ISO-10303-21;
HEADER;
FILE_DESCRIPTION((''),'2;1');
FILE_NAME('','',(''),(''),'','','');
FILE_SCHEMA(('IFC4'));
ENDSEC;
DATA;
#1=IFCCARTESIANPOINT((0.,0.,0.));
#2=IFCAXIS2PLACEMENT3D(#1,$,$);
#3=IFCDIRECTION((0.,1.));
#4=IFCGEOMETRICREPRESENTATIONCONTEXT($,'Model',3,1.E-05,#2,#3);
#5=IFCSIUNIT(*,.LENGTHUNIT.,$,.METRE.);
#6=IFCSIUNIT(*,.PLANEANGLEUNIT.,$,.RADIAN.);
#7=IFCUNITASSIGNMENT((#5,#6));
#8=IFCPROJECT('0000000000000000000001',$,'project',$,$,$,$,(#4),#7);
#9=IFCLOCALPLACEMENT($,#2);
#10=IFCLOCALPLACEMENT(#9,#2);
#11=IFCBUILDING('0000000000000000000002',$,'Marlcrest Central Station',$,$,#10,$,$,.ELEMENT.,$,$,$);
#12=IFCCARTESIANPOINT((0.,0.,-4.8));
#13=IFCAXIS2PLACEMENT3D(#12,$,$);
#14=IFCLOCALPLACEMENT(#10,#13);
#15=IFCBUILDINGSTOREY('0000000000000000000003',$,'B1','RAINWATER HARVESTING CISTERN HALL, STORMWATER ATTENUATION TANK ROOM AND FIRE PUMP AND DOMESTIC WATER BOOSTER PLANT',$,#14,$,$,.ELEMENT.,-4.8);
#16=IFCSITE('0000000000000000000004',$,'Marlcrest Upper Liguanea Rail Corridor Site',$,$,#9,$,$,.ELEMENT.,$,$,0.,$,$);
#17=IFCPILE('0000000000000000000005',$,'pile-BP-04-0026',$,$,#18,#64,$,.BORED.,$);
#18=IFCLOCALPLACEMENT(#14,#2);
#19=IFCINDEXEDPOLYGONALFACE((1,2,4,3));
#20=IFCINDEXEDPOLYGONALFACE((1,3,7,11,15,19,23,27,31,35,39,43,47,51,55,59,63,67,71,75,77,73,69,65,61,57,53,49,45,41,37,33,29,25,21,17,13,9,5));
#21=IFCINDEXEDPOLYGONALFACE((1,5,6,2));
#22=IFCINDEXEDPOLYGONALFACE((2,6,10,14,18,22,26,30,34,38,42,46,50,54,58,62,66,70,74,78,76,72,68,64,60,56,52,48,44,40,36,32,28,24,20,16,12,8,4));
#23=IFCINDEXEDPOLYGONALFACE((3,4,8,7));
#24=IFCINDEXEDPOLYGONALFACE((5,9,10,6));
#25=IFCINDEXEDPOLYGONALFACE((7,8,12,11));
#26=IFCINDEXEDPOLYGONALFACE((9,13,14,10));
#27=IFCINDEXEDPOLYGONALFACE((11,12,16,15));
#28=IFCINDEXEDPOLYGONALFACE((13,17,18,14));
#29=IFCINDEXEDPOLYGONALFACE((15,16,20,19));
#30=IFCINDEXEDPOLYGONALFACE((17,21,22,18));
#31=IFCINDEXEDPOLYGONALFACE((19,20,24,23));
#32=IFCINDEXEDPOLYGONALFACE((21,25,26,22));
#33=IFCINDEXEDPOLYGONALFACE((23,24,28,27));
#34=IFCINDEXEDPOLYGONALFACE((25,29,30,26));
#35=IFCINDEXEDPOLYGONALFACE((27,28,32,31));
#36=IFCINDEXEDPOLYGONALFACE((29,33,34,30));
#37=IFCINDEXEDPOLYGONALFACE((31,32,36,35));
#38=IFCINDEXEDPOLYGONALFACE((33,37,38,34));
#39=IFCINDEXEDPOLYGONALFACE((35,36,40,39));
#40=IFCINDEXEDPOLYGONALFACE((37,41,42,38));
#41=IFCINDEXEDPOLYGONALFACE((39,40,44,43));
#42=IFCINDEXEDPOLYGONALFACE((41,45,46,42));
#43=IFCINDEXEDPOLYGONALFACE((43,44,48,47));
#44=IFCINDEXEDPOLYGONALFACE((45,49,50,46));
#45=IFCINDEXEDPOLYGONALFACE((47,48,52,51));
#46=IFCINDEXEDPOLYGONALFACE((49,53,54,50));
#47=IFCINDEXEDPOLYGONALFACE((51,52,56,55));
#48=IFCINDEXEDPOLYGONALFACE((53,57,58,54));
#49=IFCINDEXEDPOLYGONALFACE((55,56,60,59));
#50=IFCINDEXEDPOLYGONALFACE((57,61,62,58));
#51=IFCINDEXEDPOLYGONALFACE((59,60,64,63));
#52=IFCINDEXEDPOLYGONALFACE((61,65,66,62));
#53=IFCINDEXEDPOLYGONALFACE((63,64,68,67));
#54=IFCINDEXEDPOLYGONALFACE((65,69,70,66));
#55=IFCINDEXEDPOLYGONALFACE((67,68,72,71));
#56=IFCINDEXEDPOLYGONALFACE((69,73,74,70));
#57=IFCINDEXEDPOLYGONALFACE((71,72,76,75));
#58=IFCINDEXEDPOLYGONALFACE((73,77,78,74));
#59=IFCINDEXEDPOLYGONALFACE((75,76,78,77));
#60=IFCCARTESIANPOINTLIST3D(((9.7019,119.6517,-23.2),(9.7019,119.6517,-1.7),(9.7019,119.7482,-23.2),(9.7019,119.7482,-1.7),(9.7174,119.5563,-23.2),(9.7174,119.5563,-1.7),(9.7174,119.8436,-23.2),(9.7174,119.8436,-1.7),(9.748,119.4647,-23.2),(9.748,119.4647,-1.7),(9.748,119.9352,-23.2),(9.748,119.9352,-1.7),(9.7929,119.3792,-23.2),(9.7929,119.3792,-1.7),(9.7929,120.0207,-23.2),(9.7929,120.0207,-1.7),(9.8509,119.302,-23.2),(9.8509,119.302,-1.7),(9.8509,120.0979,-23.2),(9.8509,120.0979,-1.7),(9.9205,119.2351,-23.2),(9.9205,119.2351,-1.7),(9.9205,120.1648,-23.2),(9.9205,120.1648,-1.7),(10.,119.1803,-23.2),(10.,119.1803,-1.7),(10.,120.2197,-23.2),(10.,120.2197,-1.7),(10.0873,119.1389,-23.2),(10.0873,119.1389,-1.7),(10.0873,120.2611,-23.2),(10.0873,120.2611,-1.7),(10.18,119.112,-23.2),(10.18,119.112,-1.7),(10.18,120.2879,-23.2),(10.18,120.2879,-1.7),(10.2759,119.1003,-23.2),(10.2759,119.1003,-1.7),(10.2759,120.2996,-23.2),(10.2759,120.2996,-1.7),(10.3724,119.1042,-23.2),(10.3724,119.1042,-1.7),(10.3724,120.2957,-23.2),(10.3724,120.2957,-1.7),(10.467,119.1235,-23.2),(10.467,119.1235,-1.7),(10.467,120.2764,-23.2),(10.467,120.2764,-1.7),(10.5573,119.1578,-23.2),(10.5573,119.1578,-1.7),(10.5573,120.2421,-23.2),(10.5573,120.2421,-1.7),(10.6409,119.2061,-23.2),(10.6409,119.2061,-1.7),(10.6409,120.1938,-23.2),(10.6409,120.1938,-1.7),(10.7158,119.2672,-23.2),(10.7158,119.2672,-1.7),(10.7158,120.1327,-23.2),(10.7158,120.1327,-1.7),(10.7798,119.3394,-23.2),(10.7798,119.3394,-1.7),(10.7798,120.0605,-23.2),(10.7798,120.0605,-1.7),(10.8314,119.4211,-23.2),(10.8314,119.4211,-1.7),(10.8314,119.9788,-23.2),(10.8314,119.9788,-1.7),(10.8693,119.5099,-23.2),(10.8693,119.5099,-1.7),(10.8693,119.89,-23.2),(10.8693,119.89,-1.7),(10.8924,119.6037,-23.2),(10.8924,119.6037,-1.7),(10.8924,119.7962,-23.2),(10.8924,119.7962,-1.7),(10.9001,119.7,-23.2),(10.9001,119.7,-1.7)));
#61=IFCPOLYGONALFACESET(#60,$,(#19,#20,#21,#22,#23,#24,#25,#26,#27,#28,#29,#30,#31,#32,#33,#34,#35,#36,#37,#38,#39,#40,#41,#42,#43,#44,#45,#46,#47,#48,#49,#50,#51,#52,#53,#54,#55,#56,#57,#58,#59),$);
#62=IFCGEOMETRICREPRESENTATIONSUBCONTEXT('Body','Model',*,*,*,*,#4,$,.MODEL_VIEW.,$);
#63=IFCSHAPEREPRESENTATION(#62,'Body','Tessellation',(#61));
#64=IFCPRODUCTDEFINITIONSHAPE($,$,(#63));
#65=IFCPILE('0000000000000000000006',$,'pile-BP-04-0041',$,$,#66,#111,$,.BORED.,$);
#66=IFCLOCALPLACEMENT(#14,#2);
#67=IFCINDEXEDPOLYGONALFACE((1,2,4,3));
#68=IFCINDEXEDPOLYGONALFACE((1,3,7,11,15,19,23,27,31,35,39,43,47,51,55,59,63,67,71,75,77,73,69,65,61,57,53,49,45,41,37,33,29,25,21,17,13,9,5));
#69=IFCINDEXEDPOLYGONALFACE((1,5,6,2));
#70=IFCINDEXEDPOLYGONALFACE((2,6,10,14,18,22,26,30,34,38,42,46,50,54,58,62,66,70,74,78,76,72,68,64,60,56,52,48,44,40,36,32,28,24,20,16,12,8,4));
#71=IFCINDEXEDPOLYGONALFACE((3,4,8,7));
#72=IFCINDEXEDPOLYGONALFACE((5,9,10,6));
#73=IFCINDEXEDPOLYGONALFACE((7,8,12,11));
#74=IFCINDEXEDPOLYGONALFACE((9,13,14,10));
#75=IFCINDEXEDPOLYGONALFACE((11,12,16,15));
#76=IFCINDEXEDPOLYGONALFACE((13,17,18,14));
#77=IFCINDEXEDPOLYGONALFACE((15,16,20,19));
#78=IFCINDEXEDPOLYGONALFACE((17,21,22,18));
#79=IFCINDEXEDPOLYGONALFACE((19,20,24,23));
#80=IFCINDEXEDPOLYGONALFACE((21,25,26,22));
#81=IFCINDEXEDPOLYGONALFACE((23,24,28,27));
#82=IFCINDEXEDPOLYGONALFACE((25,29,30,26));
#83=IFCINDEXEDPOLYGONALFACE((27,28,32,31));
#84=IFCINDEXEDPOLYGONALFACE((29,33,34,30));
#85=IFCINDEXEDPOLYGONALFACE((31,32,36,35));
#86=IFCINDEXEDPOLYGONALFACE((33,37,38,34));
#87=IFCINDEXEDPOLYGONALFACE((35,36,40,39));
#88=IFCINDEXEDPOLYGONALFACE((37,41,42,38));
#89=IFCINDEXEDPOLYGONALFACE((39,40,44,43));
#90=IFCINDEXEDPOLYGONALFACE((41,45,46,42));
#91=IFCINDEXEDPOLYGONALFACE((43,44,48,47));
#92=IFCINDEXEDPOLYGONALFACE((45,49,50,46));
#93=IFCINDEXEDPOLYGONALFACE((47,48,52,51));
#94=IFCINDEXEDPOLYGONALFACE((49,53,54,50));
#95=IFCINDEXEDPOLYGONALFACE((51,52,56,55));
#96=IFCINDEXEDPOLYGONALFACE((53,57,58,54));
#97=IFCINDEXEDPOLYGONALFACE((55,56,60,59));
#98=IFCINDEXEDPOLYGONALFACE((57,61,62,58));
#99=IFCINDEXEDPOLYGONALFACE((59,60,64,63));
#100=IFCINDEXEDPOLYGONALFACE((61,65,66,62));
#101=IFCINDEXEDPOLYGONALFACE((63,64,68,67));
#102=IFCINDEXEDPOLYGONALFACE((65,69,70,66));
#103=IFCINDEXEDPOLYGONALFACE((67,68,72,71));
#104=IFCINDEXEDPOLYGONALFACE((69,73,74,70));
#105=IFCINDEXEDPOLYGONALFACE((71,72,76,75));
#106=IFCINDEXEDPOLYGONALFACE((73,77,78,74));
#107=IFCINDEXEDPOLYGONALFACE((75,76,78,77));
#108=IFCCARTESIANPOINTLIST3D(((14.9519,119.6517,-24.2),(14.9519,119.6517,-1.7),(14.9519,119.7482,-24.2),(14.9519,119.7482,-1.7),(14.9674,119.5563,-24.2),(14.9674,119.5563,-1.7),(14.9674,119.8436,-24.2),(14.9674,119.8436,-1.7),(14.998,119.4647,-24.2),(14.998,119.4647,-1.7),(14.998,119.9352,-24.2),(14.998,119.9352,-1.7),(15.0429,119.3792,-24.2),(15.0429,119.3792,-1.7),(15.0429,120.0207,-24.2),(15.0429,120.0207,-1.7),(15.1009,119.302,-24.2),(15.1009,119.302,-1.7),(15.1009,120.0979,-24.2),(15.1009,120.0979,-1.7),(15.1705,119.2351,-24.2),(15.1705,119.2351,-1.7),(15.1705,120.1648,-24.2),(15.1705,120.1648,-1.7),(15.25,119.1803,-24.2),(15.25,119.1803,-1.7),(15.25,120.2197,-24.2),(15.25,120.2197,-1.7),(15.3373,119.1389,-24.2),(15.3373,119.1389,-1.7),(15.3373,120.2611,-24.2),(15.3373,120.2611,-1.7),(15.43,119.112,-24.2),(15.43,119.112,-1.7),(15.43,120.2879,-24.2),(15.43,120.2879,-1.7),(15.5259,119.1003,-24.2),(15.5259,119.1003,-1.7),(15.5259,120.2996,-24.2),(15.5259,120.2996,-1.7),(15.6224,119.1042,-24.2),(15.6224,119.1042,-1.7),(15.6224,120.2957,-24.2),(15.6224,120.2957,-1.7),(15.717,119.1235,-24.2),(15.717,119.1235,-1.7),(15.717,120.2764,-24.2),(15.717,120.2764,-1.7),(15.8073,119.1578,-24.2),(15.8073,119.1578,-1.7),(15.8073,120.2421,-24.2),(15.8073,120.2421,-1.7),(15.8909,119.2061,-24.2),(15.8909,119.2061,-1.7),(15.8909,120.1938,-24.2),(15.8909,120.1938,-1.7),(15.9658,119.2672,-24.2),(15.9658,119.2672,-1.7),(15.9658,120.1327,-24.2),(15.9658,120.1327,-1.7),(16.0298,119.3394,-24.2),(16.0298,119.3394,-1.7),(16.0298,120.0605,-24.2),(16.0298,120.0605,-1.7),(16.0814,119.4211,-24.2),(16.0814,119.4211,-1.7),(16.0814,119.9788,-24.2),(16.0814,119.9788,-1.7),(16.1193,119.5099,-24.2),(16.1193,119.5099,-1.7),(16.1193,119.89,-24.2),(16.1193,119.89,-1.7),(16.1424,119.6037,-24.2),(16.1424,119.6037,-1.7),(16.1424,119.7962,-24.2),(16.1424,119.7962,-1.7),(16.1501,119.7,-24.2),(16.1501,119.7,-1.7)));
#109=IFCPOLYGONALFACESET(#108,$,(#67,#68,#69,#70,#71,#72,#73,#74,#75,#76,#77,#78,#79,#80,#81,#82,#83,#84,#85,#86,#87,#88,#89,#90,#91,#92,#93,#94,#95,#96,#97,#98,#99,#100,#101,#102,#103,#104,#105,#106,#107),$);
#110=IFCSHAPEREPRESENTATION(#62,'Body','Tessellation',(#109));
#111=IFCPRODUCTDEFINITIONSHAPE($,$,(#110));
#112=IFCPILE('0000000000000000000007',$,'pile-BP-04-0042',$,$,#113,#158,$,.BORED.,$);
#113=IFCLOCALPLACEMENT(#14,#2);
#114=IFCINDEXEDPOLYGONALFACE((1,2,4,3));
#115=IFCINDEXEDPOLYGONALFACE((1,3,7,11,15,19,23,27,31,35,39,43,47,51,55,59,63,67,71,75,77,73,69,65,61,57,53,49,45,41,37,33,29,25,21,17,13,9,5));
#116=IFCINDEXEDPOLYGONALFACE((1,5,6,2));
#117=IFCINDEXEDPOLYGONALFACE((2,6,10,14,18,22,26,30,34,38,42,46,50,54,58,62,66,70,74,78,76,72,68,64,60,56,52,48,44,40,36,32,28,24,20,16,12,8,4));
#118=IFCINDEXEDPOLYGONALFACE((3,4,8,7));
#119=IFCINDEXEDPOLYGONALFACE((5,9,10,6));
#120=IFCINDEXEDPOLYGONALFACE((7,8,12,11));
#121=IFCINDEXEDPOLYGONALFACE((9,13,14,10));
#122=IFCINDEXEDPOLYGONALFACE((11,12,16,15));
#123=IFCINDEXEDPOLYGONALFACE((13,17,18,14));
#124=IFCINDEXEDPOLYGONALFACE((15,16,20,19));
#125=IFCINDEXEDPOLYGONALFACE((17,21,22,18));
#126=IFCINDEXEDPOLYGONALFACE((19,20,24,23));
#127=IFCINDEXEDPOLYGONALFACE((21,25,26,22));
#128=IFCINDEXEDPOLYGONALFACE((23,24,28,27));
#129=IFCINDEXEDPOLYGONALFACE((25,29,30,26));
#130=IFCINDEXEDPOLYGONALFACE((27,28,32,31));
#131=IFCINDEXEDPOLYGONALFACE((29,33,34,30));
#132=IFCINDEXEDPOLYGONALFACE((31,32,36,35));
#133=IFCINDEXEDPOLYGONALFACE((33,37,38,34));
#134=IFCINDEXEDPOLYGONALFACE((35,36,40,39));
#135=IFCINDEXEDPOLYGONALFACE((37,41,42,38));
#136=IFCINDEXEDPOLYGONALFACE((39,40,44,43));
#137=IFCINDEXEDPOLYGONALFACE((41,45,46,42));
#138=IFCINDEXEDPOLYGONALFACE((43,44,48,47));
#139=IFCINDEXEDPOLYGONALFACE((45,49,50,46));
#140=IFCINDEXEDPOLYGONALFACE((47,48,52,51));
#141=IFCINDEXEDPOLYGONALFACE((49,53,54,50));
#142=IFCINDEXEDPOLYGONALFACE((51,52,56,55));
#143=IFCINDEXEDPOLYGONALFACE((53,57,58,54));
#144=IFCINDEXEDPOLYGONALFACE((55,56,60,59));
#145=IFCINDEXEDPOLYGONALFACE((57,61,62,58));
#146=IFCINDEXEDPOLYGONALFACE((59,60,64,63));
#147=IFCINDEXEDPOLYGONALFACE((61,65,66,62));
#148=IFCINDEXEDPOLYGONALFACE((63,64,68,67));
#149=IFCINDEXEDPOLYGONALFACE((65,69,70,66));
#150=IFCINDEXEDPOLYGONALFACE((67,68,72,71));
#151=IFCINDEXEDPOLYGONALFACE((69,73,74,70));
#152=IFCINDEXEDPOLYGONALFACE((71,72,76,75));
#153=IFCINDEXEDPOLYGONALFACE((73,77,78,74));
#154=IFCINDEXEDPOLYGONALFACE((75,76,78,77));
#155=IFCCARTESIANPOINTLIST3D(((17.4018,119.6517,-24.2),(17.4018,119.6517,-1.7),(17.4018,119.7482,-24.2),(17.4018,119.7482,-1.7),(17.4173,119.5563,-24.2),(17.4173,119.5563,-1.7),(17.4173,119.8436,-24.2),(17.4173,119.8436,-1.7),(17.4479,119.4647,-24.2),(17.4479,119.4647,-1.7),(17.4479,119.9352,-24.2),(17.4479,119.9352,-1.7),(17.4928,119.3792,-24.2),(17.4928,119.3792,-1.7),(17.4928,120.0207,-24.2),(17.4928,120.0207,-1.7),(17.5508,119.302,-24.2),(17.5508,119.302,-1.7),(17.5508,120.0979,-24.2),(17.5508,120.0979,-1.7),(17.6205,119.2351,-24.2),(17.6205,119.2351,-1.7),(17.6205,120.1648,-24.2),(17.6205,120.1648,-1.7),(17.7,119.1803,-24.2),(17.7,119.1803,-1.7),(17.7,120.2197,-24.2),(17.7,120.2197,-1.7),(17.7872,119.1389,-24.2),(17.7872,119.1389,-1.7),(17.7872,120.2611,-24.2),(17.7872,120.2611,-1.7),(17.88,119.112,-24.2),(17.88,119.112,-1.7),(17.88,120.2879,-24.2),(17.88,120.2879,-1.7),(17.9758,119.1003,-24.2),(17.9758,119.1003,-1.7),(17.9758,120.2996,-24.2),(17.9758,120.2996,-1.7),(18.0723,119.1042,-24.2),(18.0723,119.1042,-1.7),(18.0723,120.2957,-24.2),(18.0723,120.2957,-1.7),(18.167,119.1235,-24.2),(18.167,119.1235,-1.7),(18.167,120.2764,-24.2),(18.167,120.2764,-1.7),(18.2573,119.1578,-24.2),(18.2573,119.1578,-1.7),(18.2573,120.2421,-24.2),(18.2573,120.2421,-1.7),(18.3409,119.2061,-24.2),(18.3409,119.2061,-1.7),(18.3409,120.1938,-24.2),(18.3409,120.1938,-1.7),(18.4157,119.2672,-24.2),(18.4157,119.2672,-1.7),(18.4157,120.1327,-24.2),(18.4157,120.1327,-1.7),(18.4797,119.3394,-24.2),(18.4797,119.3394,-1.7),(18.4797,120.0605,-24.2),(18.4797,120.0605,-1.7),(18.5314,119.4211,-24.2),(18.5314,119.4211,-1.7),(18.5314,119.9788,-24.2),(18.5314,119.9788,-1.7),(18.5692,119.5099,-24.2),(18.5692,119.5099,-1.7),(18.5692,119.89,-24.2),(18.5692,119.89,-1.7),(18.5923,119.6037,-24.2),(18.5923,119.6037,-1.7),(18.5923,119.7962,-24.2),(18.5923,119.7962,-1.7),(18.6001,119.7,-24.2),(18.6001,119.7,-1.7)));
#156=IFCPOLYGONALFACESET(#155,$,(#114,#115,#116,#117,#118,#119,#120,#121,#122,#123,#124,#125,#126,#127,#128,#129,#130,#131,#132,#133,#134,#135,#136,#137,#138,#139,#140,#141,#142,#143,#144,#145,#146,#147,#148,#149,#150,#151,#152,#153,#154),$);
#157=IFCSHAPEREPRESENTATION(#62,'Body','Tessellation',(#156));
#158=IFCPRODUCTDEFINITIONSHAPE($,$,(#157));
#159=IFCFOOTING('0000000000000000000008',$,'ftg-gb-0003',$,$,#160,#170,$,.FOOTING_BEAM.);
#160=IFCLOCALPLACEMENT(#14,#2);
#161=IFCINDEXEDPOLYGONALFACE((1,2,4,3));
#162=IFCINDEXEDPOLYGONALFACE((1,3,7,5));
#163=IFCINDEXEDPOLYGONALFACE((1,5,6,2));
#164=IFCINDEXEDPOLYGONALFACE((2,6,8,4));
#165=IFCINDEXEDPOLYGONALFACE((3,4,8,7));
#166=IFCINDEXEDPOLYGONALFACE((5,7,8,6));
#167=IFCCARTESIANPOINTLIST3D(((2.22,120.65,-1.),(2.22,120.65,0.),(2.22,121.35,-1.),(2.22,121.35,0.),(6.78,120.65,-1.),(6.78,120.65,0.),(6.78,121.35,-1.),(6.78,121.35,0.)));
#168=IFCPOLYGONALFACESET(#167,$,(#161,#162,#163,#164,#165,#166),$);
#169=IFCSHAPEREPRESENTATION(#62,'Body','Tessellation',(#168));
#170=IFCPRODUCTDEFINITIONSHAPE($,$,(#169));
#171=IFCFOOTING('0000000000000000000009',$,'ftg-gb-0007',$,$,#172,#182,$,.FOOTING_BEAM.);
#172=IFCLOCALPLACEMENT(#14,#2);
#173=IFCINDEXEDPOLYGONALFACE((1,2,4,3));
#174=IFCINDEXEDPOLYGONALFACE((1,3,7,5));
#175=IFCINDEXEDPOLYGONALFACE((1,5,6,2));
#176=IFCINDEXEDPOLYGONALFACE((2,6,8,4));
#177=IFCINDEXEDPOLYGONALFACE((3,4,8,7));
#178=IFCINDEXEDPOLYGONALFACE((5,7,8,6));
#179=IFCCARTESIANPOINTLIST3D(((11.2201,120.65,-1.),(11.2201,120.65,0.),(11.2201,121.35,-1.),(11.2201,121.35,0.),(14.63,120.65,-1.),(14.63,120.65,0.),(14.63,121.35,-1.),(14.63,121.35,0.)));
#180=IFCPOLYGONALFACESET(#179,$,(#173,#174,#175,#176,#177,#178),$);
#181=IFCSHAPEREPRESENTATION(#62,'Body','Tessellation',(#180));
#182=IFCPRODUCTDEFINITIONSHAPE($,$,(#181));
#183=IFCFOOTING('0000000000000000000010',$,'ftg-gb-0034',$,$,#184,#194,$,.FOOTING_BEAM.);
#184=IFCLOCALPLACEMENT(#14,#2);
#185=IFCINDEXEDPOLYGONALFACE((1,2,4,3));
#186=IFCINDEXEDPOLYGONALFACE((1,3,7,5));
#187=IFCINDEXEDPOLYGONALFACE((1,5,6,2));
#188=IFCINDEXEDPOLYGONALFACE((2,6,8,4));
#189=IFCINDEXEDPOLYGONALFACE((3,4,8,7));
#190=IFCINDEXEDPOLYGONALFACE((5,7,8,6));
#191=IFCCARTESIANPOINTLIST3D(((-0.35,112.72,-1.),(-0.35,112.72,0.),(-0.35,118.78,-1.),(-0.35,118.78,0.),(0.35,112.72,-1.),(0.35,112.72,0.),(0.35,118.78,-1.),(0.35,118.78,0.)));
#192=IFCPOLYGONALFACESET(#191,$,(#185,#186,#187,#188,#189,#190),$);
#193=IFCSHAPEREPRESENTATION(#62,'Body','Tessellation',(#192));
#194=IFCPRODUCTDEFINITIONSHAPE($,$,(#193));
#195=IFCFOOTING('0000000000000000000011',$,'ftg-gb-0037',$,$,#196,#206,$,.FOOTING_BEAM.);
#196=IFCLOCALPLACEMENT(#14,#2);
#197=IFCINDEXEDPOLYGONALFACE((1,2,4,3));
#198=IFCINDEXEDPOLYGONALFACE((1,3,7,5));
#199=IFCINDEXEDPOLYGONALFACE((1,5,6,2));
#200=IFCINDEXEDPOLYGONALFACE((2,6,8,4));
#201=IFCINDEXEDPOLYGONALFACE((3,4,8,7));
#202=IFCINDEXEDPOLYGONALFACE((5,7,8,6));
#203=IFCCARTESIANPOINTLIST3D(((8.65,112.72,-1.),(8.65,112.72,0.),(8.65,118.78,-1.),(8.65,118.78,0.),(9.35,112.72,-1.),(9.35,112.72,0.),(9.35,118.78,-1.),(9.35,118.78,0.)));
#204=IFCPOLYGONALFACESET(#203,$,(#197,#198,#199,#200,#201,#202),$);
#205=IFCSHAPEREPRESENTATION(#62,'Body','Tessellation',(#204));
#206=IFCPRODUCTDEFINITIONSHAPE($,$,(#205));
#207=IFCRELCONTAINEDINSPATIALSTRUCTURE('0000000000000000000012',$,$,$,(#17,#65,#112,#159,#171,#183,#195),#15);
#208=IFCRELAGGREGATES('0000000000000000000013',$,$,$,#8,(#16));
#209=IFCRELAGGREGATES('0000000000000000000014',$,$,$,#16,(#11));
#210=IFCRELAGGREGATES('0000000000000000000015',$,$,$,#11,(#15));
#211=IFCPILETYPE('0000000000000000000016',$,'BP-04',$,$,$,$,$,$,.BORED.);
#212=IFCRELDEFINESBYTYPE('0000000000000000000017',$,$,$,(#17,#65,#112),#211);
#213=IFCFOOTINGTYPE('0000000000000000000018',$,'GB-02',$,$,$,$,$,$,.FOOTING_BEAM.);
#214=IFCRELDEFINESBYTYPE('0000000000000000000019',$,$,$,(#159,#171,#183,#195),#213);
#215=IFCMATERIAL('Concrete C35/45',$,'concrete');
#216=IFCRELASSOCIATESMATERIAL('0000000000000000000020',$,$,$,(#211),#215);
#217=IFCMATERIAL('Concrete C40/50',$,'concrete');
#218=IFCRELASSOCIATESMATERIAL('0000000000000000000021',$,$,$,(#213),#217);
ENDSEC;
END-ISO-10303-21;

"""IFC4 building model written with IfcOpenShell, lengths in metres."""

from ifc_helpers import new_model, si_unit, direction, frame, origin, origin_2d, place, context, subcontext, project, spatial, rectangle, circle, extrude, material, material_profile, profile_set, type_object, element, save


model = new_model("IFC4")

# Units and contexts
model_context = context("Model", 3, precision=1e-05, world=origin(), true_north=direction((0.0, 1.0)))
body_context = subcontext(model_context, "Body", "Model", "MODEL_VIEW")
ifc_project = project(units=[si_unit("LENGTHUNIT", "METRE"), si_unit("PLANEANGLEUNIT", "RADIAN")], contexts=[model_context])

# Site, building, storey
site_placement = place(None, origin())
site = spatial("IfcSite", under=ifc_project, at=site_placement, Name="Marlcrest Upper Liguanea Rail Corridor Site", CompositionType="ELEMENT", RefElevation=0.0)
building_placement = place(site_placement, origin())
building = spatial("IfcBuilding", under=site, at=building_placement, Name="Marlcrest Central Station", CompositionType="ELEMENT")
storey_placement = place(building_placement, frame((0.0, 0.0, -4.8)))
storey = spatial("IfcBuildingStorey", under=building, at=storey_placement, Name="B1", Description="RAINWATER HARVESTING CISTERN HALL, STORMWATER ATTENUATION TANK ROOM AND FIRE PUMP AND DOMESTIC WATER BOOSTER PLANT", CompositionType="ELEMENT", Elevation=-4.8)

# Piles
ifc_material_1 = material(Name="Concrete C35/45", Category="concrete")
ifc_material_profile_1 = material_profile(ifc_material_1, circle(Radius=0.6001, at=origin_2d()), Name="PILE D1200")
ifc_profile_set_1 = profile_set([ifc_material_profile_1], Name="Concrete C35/45")
pile_type = type_object("IfcPileType", Name="BP-04", PredefinedType="BORED", material=ifc_profile_set_1)
for number, where, z_axis, x_axis, name in (
    (1, (10.3, 119.7, -1.7), (0.0, 0.0, -1.0), (1.0, 0.0, 0.0), "pile-BP-04-0026"),
):
    element("IfcPile", number, at=place(storey_placement, frame(where, z_axis=z_axis, x_axis=x_axis)), inside=storey, type_object=pile_type, Name=name, PredefinedType="BORED", context=body_context, shape_type="SweptSolid", body=[
        extrude(circle(Radius=0.6001, at=origin_2d()), origin(), (0.0, 0.0, 1.0), 21.5),
    ])
for number, where, z_axis, x_axis, name in (
    (2, (15.55, 119.7, -1.7), (0.0, 0.0, -1.0), (1.0, 0.0, 0.0), "pile-BP-04-0041"),
    (3, (18.0, 119.7, -1.7), (0.0, 0.0, -1.0), (1.0, 0.0, 0.0), "pile-BP-04-0042"),
):
    element("IfcPile", number, at=place(storey_placement, frame(where, z_axis=z_axis, x_axis=x_axis)), inside=storey, type_object=pile_type, Name=name, PredefinedType="BORED", context=body_context, shape_type="SweptSolid", body=[
        extrude(circle(Radius=0.6001, at=origin_2d()), origin(), (0.0, 0.0, 1.0), 22.5),
    ])

# Footings
ifc_material_2 = material(Name="Concrete C40/50", Category="concrete")
footing_type_1 = type_object("IfcFootingType", Name="GB-02", PredefinedType="FOOTING_BEAM", material=ifc_material_2)
footing_1_placement = place(storey_placement, frame((4.5, 121.0, -1.0), z_axis=(0.0, 0.0, 1.0), x_axis=(1.0, 0.0, 0.0)))
element("IfcFooting", 4, at=footing_1_placement, inside=storey, type_object=footing_type_1, Name="ftg-gb-0003", PredefinedType="FOOTING_BEAM", context=body_context, shape_type="SweptSolid", body=[
    extrude(rectangle(XDim=4.5601, YDim=0.7, at=origin_2d()), origin(), (0.0, 0.0, 1.0), 1.0),
])
footing_2_placement = place(storey_placement, frame((12.925, 121.0, -1.0), z_axis=(0.0, 0.0, 1.0), x_axis=(1.0, 0.0, 0.0)))
element("IfcFooting", 5, at=footing_2_placement, inside=storey, type_object=footing_type_1, Name="ftg-gb-0007", PredefinedType="FOOTING_BEAM", context=body_context, shape_type="SweptSolid", body=[
    extrude(rectangle(XDim=3.4099, YDim=0.7, at=origin_2d()), origin(), (0.0, 0.0, 1.0), 1.0),
])
for number, where, z_axis, x_axis, name in (
    (6, (0.0, 115.75, -1.0), (0.0, 0.0, 1.0), (1.0, 0.0, 0.0), "ftg-gb-0034"),
    (7, (9.0, 115.75, -1.0), (0.0, 0.0, 1.0), (1.0, 0.0, 0.0), "ftg-gb-0037"),
):
    element("IfcFooting", number, at=place(storey_placement, frame(where, z_axis=z_axis, x_axis=x_axis)), inside=storey, type_object=footing_type_1, Name=name, PredefinedType="FOOTING_BEAM", context=body_context, shape_type="SweptSolid", body=[
        extrude(rectangle(XDim=0.7, YDim=6.0601, at=origin_2d()), origin(), (0.0, 0.0, 1.0), 1.0),
    ])

save(model, "model.ifc")
